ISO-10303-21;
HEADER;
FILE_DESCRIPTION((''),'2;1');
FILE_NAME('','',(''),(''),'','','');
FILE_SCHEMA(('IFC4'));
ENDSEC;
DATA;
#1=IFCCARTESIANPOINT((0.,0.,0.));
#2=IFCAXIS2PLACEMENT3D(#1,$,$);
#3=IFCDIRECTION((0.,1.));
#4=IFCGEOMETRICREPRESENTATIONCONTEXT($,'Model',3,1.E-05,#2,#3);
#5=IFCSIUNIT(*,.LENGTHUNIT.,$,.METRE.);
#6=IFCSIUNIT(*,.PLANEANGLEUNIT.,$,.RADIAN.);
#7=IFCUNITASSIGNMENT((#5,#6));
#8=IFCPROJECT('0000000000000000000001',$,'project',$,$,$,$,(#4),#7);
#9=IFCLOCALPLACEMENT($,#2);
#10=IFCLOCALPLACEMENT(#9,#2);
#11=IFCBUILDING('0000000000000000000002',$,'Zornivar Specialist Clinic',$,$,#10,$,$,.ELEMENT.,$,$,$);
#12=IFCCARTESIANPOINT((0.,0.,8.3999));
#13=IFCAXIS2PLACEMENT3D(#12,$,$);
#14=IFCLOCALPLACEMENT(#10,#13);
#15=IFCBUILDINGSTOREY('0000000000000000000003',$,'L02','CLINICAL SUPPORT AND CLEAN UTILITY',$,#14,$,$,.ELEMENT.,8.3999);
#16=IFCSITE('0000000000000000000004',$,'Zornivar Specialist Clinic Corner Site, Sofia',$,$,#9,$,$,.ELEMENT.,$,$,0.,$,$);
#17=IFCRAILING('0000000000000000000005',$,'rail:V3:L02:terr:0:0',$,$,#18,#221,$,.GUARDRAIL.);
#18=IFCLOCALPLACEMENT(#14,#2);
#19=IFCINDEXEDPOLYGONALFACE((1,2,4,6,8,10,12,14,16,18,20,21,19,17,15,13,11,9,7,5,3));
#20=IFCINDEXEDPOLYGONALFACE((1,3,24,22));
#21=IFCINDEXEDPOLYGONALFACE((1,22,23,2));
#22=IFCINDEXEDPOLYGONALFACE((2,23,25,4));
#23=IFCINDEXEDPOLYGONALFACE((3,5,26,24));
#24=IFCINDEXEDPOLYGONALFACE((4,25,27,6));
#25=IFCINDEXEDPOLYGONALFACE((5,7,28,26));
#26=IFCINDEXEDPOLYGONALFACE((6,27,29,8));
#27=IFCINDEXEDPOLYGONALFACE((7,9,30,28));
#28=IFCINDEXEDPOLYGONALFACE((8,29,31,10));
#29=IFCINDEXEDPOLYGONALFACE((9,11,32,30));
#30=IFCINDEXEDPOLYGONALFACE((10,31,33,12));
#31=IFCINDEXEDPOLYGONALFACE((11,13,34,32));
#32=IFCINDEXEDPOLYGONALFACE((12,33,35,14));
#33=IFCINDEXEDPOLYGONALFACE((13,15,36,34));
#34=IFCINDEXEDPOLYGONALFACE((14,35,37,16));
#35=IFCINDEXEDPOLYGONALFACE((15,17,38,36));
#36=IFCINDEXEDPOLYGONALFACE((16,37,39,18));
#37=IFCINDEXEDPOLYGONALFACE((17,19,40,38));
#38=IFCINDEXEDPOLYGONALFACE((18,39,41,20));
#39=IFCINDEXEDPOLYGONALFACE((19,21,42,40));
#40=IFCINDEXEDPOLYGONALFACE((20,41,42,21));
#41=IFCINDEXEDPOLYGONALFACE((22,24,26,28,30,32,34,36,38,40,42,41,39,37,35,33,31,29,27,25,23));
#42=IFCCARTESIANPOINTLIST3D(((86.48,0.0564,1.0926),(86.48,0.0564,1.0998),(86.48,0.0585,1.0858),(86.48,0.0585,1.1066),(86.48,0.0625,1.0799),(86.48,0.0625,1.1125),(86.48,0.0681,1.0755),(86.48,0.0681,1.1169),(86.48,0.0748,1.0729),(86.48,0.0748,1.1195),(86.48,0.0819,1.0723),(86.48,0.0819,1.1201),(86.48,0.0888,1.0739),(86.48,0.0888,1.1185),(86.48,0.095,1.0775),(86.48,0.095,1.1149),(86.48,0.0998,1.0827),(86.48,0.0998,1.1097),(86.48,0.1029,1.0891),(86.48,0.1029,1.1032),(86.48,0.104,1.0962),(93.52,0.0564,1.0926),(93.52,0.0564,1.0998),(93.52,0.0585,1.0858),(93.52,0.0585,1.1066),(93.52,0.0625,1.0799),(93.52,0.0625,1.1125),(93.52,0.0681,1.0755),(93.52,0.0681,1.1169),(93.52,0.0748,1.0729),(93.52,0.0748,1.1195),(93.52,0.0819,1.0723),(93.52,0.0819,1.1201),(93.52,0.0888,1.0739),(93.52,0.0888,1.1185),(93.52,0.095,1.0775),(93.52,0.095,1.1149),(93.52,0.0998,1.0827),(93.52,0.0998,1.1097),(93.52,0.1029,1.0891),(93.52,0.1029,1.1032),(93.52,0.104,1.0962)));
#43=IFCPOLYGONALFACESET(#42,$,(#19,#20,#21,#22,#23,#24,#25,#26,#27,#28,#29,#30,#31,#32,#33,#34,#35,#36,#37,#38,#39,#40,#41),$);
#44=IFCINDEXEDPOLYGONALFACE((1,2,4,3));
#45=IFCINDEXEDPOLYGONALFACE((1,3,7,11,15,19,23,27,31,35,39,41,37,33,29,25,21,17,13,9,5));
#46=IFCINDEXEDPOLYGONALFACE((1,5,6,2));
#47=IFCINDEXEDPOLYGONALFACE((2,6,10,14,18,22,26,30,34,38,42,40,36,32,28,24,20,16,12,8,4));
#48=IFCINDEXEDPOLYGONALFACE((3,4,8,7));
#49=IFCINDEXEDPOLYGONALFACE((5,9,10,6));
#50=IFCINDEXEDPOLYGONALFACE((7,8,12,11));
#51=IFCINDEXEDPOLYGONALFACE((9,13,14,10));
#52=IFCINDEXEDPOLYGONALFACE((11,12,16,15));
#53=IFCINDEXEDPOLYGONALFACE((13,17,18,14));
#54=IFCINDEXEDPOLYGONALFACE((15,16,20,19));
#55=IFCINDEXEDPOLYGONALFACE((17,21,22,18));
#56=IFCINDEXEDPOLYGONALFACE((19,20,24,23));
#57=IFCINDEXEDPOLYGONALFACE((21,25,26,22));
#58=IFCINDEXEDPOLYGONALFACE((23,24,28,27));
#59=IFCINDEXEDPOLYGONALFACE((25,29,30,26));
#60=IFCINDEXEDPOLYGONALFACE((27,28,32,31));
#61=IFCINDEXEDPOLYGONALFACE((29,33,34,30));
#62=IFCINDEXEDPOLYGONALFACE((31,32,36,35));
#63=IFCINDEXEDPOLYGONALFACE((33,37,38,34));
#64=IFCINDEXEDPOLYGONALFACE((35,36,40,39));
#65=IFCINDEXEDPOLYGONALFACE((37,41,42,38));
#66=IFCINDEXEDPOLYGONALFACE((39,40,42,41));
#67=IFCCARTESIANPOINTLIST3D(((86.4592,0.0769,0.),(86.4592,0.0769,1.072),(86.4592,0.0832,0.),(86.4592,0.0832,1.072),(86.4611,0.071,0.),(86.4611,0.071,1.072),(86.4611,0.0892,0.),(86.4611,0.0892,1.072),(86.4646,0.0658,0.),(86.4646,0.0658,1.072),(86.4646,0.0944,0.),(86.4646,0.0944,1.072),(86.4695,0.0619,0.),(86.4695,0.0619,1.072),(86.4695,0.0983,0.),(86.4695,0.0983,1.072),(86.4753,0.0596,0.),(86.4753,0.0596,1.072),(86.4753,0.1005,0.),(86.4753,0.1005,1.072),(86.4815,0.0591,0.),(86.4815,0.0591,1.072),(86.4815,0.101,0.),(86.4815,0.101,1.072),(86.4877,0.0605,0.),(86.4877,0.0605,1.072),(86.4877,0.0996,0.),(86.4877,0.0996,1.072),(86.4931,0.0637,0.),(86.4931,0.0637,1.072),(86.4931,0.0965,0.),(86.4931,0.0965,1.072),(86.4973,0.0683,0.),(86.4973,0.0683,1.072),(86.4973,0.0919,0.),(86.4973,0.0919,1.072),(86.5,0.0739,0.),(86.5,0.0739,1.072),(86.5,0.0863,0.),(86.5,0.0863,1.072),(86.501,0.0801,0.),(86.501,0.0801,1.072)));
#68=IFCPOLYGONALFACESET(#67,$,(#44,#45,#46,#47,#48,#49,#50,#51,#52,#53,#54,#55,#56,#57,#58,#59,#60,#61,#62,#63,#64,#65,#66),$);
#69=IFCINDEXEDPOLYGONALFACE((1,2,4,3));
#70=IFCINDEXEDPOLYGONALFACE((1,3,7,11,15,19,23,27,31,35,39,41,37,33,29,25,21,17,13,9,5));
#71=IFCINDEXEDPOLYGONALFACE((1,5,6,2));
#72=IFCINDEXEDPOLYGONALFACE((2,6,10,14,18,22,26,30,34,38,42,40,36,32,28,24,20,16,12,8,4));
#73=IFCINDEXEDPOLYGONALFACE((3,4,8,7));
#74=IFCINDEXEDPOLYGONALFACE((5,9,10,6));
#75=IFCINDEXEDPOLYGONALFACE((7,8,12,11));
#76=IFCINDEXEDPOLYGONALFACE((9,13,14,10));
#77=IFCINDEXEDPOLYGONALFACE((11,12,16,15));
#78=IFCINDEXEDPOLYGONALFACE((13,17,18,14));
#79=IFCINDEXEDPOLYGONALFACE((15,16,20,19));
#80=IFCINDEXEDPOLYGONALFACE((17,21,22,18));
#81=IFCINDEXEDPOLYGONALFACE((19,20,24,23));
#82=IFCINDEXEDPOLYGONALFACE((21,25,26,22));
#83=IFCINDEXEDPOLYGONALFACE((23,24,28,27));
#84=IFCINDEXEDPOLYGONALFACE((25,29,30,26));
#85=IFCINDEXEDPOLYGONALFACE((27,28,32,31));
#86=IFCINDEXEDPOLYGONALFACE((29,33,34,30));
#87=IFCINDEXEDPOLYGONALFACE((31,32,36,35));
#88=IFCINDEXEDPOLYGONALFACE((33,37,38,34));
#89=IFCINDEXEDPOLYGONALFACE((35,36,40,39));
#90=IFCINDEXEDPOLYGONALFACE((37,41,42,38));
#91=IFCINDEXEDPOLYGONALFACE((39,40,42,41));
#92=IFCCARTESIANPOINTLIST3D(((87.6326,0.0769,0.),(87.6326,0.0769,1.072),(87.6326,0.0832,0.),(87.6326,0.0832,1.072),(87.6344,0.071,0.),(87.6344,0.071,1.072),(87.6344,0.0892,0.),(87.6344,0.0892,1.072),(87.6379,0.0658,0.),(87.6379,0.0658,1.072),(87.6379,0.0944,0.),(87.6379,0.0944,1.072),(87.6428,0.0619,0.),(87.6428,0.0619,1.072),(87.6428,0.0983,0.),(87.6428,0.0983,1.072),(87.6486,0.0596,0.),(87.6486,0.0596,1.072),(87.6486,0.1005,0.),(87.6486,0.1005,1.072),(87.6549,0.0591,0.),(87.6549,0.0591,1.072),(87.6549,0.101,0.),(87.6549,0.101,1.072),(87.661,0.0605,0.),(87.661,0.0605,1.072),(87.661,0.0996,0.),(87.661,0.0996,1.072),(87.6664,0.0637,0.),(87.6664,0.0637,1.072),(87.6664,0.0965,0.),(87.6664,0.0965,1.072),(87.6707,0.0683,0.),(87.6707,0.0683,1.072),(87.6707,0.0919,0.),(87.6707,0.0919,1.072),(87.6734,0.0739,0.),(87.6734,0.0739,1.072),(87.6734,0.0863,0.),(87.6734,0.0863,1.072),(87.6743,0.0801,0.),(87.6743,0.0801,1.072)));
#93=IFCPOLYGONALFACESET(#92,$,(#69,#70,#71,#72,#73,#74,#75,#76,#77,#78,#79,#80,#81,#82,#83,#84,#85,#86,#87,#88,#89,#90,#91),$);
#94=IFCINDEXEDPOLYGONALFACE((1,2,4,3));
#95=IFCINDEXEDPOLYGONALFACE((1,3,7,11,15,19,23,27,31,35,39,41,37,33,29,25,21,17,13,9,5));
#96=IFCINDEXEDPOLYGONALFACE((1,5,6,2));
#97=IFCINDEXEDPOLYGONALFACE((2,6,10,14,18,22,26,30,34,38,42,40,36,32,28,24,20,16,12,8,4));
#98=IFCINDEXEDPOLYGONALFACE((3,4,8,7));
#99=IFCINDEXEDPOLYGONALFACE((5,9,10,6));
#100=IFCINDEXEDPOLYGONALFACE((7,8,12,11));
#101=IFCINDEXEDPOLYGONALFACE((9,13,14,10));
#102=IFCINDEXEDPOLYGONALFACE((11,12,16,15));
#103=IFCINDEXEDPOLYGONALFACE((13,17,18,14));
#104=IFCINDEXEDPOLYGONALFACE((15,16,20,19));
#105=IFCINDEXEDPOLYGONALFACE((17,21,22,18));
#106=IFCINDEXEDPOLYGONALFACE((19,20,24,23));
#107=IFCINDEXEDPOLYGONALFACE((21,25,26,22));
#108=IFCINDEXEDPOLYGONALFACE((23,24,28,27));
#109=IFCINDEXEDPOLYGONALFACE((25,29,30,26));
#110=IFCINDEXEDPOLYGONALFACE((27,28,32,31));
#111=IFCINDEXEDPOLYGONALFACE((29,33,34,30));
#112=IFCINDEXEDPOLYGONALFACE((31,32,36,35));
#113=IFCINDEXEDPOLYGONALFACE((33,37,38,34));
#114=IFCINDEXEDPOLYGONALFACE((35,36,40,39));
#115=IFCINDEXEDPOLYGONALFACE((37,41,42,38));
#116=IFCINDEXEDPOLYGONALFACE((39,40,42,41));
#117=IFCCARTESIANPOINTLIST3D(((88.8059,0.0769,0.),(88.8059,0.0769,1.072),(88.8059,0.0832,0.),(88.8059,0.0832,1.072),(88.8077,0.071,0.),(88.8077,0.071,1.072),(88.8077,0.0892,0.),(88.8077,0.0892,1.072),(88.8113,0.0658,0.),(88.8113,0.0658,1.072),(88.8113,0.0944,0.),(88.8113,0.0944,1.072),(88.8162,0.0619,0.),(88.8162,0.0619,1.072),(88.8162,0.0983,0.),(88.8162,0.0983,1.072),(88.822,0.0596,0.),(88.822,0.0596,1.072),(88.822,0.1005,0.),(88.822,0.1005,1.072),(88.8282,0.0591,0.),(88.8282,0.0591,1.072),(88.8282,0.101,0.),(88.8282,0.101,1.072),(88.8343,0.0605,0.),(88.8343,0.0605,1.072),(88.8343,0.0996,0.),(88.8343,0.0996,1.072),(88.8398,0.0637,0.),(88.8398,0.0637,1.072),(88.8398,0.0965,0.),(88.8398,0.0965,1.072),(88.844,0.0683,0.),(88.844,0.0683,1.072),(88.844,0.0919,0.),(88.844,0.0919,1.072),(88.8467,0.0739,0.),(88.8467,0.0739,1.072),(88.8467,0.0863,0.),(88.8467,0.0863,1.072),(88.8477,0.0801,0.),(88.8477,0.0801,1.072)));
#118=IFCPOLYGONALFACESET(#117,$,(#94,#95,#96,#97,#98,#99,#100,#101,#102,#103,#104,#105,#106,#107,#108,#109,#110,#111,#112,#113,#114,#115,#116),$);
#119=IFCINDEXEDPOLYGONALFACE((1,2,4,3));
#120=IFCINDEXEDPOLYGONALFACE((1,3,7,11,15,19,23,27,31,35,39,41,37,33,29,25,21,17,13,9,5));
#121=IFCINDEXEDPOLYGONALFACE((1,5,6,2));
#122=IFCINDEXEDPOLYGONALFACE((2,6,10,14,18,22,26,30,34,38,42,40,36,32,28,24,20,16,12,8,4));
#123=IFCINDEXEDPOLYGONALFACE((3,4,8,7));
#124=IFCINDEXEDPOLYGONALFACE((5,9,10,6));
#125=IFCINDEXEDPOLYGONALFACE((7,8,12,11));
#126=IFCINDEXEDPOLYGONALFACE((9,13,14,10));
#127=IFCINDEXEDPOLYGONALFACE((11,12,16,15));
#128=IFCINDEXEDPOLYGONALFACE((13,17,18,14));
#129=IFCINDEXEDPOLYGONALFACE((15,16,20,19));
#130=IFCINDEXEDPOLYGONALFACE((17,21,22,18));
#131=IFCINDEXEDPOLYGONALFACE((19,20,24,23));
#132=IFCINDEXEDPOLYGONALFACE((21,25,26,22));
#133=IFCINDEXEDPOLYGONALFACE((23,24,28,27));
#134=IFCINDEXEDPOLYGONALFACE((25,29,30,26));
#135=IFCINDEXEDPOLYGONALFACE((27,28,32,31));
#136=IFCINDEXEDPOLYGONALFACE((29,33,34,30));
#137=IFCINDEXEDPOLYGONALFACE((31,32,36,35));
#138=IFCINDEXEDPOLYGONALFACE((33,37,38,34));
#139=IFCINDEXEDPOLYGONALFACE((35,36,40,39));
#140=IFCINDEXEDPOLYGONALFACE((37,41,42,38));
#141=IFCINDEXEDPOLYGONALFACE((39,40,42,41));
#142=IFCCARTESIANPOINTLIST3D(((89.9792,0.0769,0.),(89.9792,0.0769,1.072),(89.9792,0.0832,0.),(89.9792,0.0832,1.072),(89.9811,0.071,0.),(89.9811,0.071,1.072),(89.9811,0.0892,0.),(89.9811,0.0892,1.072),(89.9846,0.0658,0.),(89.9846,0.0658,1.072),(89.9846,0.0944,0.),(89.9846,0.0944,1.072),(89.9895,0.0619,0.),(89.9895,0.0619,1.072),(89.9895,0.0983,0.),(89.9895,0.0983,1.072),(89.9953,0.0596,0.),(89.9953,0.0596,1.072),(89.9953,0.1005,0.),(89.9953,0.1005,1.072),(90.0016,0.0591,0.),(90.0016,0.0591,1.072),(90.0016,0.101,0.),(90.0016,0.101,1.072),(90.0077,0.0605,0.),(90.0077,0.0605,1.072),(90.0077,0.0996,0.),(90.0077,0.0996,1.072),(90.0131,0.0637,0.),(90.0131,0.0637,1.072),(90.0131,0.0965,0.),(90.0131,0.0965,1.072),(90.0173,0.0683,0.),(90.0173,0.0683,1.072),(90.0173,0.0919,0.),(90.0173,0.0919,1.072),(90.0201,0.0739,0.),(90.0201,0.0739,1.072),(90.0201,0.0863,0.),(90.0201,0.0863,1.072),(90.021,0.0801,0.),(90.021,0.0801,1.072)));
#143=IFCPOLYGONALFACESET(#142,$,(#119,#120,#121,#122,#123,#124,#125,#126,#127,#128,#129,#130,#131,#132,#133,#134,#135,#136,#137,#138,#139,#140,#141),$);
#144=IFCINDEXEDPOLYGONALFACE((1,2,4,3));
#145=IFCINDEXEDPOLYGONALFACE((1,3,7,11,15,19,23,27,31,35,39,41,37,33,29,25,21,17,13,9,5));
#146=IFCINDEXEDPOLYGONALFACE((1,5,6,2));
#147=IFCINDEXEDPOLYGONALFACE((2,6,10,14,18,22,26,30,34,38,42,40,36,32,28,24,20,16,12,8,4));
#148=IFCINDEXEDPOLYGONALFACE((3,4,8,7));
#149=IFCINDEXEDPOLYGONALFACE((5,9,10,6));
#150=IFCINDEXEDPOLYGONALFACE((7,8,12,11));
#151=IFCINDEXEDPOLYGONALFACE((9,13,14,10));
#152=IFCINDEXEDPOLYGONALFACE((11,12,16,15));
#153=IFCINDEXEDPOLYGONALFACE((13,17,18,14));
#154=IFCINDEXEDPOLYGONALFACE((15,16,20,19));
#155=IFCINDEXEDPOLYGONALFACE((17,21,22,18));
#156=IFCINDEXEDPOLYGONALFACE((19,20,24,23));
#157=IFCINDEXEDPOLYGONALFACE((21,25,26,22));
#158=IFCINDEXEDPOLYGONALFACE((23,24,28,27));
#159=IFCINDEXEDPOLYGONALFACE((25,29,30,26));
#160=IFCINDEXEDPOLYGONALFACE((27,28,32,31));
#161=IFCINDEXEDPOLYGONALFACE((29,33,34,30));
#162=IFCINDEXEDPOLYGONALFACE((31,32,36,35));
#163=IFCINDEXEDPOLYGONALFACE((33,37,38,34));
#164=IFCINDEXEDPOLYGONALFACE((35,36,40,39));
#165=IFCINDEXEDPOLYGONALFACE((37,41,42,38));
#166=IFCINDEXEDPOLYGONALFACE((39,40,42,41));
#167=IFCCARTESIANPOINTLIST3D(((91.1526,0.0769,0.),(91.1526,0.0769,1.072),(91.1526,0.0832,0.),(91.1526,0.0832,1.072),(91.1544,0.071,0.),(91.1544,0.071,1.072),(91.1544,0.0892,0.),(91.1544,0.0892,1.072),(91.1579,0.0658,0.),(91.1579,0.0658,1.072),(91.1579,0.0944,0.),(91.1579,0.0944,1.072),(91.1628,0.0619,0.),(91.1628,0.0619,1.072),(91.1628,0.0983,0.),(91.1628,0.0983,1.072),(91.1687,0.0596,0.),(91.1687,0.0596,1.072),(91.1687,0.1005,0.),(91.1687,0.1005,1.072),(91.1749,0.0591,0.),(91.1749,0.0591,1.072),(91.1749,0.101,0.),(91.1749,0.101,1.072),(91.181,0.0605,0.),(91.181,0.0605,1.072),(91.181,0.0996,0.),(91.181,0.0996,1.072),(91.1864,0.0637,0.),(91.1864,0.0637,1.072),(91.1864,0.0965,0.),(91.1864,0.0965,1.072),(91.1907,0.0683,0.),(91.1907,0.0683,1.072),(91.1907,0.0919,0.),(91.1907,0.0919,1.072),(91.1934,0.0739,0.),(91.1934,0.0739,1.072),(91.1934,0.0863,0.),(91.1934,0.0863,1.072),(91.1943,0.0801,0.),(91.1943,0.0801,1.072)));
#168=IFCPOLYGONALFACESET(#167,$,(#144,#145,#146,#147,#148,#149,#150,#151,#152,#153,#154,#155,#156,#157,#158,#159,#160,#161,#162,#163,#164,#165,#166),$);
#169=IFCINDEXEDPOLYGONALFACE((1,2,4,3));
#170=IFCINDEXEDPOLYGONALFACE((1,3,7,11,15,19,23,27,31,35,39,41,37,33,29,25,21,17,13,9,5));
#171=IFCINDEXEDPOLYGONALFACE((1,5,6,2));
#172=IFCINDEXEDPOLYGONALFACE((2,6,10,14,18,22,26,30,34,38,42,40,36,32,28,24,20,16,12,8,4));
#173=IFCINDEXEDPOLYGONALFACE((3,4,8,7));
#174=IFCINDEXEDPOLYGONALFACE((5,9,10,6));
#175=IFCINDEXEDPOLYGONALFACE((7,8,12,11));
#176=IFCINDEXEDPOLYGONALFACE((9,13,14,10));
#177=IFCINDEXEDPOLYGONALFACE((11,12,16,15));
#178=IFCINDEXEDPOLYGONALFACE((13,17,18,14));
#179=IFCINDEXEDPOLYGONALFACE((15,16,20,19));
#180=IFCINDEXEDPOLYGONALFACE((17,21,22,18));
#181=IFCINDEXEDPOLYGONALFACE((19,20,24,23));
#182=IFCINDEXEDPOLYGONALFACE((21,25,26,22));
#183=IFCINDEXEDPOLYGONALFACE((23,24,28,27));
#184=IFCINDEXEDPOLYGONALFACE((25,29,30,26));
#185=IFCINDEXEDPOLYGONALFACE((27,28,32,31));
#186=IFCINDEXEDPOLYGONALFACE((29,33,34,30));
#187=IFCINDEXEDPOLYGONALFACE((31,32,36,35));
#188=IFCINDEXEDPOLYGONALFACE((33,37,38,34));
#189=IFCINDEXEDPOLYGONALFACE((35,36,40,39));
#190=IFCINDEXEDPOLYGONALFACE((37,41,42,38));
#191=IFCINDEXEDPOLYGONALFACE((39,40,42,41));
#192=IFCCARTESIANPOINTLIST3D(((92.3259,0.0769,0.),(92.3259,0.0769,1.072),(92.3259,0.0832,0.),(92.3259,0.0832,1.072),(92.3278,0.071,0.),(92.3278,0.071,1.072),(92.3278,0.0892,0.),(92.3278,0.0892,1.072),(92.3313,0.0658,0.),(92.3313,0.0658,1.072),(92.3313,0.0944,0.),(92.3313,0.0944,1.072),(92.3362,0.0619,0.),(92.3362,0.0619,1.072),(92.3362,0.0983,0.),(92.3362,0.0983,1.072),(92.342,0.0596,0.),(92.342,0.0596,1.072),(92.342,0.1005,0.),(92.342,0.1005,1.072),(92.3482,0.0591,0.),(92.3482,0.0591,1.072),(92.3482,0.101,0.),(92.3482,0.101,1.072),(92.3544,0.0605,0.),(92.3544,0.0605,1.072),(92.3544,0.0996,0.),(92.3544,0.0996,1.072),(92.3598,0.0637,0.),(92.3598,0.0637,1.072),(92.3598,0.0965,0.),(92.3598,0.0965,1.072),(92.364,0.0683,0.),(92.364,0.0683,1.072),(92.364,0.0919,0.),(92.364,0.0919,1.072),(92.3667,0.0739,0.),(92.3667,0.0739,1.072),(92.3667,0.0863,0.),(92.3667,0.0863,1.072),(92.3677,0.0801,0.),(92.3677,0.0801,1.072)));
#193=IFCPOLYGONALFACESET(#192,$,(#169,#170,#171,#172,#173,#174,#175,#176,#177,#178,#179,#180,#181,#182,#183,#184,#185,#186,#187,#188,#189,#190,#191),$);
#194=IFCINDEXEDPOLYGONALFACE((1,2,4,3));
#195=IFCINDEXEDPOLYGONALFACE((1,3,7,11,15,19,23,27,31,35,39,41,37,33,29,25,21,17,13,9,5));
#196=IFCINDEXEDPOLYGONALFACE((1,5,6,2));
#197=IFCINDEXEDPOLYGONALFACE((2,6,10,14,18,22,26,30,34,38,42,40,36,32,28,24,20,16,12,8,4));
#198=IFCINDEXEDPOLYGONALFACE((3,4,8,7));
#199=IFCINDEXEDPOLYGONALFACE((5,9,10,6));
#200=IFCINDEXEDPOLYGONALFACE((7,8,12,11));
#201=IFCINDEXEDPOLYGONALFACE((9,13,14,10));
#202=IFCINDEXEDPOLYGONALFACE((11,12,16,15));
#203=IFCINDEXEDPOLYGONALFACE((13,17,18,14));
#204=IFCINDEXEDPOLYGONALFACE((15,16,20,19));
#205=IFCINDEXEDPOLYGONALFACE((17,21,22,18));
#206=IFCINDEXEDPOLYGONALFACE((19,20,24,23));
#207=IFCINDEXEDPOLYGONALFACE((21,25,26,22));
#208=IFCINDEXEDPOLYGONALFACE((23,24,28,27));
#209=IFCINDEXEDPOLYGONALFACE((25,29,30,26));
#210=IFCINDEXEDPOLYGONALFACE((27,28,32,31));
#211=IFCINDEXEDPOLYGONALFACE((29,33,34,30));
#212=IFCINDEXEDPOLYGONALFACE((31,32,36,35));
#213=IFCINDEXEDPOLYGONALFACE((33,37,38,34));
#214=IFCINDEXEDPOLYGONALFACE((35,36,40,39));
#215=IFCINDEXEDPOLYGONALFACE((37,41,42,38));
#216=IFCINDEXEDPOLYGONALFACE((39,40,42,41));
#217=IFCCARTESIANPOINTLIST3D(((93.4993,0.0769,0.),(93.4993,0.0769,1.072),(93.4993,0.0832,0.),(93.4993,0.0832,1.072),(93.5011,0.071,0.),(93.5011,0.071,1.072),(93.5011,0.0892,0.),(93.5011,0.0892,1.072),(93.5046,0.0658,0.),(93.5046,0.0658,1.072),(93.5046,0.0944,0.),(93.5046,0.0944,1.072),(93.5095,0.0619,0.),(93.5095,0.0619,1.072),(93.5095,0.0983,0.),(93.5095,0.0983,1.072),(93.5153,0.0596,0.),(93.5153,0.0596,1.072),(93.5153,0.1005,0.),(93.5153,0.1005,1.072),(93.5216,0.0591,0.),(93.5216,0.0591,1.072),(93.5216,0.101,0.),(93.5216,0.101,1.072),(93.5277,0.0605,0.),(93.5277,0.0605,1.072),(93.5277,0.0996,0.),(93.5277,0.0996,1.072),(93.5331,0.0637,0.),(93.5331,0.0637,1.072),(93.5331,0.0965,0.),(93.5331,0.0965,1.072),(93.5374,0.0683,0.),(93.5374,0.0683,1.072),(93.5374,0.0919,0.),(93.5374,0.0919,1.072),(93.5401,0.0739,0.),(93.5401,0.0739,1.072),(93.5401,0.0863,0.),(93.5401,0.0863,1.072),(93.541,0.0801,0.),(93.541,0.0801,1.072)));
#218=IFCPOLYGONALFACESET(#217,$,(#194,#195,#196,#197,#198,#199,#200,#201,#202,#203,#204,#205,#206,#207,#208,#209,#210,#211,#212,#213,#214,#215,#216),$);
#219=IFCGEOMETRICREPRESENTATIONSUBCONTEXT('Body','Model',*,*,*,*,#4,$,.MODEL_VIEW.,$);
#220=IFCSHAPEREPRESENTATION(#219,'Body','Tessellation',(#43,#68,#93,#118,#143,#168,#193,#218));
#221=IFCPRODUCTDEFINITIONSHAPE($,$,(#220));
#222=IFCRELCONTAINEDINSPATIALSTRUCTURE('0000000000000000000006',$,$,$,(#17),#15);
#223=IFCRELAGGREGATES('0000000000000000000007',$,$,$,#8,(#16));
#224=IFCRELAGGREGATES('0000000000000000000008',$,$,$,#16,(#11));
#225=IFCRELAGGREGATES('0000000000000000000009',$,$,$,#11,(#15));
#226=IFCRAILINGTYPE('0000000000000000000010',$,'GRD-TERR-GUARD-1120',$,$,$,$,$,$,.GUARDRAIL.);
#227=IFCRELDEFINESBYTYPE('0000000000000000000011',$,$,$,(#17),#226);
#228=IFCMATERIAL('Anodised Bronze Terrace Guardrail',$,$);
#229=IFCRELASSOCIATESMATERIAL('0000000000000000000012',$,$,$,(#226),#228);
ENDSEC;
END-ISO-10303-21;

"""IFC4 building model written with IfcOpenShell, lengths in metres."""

from ifc_helpers import new_model, si_unit, direction, frame, origin, origin_2d, place, context, subcontext, project, spatial, circle, extrude, material, type_object, element, save


model = new_model("IFC4")

# Units and contexts
model_context = context("Model", 3, precision=1e-05, world=origin(), true_north=direction((0.0, 1.0)))
body_context = subcontext(model_context, "Body", "Model", "MODEL_VIEW")
ifc_project = project(units=[si_unit("LENGTHUNIT", "METRE"), si_unit("PLANEANGLEUNIT", "RADIAN")], contexts=[model_context])

# Site, building, storey
site_placement = place(None, origin())
site = spatial("IfcSite", under=ifc_project, at=site_placement, Name="Zornivar Specialist Clinic Corner Site, Sofia", CompositionType="ELEMENT", RefElevation=0.0)
building_placement = place(site_placement, origin())
building = spatial("IfcBuilding", under=site, at=building_placement, Name="Zornivar Specialist Clinic", CompositionType="ELEMENT")
storey_placement = place(building_placement, frame((0.0, 0.0, 8.3999)))
storey = spatial("IfcBuildingStorey", under=building, at=storey_placement, Name="L02", Description="CLINICAL SUPPORT AND CLEAN UTILITY", CompositionType="ELEMENT", Elevation=8.3999)

# Railing
ifc_material_1 = material(Name="Anodised Bronze Terrace Guardrail")
railing_type = type_object("IfcRailingType", Name="GRD-TERR-GUARD-1120", PredefinedType="GUARDRAIL", material=ifc_material_1)
railing_placement = place(storey_placement, frame((86.48, 0.0801, 0.0)))
element("IfcRailing", 1, at=railing_placement, inside=storey, type_object=railing_type, Name="rail:V3:L02:terr:0:0", PredefinedType="GUARDRAIL", context=body_context, shape_type="SweptSolid", body=[
    extrude(circle(Radius=0.0239, at=origin_2d()), frame((0.0, 0.0, 1.0962), z_axis=(1.0, 0.0, 0.0), x_axis=(0.0, 1.0, 0.0)), (0.0, 0.0, 1.0), 7.04),
    extrude(circle(Radius=0.021, at=origin_2d()), origin(), (0.0, 0.0, 1.0), 1.072),
    extrude(circle(Radius=0.021, at=origin_2d()), frame((1.1733, 0.0, 0.0)), (0.0, 0.0, 1.0), 1.072),
    extrude(circle(Radius=0.021, at=origin_2d()), frame((2.3467, 0.0, 0.0)), (0.0, 0.0, 1.0), 1.072),
    extrude(circle(Radius=0.021, at=origin_2d()), frame((3.52, 0.0, 0.0)), (0.0, 0.0, 1.0), 1.072),
    extrude(circle(Radius=0.021, at=origin_2d()), frame((4.6934, 0.0, 0.0)), (0.0, 0.0, 1.0), 1.072),
    extrude(circle(Radius=0.021, at=origin_2d()), frame((5.8667, 0.0, 0.0)), (0.0, 0.0, 1.0), 1.072),
    extrude(circle(Radius=0.021, at=origin_2d()), frame((7.04, 0.0, 0.0)), (0.0, 0.0, 1.0), 1.072),
])

save(model, "model.ifc")
